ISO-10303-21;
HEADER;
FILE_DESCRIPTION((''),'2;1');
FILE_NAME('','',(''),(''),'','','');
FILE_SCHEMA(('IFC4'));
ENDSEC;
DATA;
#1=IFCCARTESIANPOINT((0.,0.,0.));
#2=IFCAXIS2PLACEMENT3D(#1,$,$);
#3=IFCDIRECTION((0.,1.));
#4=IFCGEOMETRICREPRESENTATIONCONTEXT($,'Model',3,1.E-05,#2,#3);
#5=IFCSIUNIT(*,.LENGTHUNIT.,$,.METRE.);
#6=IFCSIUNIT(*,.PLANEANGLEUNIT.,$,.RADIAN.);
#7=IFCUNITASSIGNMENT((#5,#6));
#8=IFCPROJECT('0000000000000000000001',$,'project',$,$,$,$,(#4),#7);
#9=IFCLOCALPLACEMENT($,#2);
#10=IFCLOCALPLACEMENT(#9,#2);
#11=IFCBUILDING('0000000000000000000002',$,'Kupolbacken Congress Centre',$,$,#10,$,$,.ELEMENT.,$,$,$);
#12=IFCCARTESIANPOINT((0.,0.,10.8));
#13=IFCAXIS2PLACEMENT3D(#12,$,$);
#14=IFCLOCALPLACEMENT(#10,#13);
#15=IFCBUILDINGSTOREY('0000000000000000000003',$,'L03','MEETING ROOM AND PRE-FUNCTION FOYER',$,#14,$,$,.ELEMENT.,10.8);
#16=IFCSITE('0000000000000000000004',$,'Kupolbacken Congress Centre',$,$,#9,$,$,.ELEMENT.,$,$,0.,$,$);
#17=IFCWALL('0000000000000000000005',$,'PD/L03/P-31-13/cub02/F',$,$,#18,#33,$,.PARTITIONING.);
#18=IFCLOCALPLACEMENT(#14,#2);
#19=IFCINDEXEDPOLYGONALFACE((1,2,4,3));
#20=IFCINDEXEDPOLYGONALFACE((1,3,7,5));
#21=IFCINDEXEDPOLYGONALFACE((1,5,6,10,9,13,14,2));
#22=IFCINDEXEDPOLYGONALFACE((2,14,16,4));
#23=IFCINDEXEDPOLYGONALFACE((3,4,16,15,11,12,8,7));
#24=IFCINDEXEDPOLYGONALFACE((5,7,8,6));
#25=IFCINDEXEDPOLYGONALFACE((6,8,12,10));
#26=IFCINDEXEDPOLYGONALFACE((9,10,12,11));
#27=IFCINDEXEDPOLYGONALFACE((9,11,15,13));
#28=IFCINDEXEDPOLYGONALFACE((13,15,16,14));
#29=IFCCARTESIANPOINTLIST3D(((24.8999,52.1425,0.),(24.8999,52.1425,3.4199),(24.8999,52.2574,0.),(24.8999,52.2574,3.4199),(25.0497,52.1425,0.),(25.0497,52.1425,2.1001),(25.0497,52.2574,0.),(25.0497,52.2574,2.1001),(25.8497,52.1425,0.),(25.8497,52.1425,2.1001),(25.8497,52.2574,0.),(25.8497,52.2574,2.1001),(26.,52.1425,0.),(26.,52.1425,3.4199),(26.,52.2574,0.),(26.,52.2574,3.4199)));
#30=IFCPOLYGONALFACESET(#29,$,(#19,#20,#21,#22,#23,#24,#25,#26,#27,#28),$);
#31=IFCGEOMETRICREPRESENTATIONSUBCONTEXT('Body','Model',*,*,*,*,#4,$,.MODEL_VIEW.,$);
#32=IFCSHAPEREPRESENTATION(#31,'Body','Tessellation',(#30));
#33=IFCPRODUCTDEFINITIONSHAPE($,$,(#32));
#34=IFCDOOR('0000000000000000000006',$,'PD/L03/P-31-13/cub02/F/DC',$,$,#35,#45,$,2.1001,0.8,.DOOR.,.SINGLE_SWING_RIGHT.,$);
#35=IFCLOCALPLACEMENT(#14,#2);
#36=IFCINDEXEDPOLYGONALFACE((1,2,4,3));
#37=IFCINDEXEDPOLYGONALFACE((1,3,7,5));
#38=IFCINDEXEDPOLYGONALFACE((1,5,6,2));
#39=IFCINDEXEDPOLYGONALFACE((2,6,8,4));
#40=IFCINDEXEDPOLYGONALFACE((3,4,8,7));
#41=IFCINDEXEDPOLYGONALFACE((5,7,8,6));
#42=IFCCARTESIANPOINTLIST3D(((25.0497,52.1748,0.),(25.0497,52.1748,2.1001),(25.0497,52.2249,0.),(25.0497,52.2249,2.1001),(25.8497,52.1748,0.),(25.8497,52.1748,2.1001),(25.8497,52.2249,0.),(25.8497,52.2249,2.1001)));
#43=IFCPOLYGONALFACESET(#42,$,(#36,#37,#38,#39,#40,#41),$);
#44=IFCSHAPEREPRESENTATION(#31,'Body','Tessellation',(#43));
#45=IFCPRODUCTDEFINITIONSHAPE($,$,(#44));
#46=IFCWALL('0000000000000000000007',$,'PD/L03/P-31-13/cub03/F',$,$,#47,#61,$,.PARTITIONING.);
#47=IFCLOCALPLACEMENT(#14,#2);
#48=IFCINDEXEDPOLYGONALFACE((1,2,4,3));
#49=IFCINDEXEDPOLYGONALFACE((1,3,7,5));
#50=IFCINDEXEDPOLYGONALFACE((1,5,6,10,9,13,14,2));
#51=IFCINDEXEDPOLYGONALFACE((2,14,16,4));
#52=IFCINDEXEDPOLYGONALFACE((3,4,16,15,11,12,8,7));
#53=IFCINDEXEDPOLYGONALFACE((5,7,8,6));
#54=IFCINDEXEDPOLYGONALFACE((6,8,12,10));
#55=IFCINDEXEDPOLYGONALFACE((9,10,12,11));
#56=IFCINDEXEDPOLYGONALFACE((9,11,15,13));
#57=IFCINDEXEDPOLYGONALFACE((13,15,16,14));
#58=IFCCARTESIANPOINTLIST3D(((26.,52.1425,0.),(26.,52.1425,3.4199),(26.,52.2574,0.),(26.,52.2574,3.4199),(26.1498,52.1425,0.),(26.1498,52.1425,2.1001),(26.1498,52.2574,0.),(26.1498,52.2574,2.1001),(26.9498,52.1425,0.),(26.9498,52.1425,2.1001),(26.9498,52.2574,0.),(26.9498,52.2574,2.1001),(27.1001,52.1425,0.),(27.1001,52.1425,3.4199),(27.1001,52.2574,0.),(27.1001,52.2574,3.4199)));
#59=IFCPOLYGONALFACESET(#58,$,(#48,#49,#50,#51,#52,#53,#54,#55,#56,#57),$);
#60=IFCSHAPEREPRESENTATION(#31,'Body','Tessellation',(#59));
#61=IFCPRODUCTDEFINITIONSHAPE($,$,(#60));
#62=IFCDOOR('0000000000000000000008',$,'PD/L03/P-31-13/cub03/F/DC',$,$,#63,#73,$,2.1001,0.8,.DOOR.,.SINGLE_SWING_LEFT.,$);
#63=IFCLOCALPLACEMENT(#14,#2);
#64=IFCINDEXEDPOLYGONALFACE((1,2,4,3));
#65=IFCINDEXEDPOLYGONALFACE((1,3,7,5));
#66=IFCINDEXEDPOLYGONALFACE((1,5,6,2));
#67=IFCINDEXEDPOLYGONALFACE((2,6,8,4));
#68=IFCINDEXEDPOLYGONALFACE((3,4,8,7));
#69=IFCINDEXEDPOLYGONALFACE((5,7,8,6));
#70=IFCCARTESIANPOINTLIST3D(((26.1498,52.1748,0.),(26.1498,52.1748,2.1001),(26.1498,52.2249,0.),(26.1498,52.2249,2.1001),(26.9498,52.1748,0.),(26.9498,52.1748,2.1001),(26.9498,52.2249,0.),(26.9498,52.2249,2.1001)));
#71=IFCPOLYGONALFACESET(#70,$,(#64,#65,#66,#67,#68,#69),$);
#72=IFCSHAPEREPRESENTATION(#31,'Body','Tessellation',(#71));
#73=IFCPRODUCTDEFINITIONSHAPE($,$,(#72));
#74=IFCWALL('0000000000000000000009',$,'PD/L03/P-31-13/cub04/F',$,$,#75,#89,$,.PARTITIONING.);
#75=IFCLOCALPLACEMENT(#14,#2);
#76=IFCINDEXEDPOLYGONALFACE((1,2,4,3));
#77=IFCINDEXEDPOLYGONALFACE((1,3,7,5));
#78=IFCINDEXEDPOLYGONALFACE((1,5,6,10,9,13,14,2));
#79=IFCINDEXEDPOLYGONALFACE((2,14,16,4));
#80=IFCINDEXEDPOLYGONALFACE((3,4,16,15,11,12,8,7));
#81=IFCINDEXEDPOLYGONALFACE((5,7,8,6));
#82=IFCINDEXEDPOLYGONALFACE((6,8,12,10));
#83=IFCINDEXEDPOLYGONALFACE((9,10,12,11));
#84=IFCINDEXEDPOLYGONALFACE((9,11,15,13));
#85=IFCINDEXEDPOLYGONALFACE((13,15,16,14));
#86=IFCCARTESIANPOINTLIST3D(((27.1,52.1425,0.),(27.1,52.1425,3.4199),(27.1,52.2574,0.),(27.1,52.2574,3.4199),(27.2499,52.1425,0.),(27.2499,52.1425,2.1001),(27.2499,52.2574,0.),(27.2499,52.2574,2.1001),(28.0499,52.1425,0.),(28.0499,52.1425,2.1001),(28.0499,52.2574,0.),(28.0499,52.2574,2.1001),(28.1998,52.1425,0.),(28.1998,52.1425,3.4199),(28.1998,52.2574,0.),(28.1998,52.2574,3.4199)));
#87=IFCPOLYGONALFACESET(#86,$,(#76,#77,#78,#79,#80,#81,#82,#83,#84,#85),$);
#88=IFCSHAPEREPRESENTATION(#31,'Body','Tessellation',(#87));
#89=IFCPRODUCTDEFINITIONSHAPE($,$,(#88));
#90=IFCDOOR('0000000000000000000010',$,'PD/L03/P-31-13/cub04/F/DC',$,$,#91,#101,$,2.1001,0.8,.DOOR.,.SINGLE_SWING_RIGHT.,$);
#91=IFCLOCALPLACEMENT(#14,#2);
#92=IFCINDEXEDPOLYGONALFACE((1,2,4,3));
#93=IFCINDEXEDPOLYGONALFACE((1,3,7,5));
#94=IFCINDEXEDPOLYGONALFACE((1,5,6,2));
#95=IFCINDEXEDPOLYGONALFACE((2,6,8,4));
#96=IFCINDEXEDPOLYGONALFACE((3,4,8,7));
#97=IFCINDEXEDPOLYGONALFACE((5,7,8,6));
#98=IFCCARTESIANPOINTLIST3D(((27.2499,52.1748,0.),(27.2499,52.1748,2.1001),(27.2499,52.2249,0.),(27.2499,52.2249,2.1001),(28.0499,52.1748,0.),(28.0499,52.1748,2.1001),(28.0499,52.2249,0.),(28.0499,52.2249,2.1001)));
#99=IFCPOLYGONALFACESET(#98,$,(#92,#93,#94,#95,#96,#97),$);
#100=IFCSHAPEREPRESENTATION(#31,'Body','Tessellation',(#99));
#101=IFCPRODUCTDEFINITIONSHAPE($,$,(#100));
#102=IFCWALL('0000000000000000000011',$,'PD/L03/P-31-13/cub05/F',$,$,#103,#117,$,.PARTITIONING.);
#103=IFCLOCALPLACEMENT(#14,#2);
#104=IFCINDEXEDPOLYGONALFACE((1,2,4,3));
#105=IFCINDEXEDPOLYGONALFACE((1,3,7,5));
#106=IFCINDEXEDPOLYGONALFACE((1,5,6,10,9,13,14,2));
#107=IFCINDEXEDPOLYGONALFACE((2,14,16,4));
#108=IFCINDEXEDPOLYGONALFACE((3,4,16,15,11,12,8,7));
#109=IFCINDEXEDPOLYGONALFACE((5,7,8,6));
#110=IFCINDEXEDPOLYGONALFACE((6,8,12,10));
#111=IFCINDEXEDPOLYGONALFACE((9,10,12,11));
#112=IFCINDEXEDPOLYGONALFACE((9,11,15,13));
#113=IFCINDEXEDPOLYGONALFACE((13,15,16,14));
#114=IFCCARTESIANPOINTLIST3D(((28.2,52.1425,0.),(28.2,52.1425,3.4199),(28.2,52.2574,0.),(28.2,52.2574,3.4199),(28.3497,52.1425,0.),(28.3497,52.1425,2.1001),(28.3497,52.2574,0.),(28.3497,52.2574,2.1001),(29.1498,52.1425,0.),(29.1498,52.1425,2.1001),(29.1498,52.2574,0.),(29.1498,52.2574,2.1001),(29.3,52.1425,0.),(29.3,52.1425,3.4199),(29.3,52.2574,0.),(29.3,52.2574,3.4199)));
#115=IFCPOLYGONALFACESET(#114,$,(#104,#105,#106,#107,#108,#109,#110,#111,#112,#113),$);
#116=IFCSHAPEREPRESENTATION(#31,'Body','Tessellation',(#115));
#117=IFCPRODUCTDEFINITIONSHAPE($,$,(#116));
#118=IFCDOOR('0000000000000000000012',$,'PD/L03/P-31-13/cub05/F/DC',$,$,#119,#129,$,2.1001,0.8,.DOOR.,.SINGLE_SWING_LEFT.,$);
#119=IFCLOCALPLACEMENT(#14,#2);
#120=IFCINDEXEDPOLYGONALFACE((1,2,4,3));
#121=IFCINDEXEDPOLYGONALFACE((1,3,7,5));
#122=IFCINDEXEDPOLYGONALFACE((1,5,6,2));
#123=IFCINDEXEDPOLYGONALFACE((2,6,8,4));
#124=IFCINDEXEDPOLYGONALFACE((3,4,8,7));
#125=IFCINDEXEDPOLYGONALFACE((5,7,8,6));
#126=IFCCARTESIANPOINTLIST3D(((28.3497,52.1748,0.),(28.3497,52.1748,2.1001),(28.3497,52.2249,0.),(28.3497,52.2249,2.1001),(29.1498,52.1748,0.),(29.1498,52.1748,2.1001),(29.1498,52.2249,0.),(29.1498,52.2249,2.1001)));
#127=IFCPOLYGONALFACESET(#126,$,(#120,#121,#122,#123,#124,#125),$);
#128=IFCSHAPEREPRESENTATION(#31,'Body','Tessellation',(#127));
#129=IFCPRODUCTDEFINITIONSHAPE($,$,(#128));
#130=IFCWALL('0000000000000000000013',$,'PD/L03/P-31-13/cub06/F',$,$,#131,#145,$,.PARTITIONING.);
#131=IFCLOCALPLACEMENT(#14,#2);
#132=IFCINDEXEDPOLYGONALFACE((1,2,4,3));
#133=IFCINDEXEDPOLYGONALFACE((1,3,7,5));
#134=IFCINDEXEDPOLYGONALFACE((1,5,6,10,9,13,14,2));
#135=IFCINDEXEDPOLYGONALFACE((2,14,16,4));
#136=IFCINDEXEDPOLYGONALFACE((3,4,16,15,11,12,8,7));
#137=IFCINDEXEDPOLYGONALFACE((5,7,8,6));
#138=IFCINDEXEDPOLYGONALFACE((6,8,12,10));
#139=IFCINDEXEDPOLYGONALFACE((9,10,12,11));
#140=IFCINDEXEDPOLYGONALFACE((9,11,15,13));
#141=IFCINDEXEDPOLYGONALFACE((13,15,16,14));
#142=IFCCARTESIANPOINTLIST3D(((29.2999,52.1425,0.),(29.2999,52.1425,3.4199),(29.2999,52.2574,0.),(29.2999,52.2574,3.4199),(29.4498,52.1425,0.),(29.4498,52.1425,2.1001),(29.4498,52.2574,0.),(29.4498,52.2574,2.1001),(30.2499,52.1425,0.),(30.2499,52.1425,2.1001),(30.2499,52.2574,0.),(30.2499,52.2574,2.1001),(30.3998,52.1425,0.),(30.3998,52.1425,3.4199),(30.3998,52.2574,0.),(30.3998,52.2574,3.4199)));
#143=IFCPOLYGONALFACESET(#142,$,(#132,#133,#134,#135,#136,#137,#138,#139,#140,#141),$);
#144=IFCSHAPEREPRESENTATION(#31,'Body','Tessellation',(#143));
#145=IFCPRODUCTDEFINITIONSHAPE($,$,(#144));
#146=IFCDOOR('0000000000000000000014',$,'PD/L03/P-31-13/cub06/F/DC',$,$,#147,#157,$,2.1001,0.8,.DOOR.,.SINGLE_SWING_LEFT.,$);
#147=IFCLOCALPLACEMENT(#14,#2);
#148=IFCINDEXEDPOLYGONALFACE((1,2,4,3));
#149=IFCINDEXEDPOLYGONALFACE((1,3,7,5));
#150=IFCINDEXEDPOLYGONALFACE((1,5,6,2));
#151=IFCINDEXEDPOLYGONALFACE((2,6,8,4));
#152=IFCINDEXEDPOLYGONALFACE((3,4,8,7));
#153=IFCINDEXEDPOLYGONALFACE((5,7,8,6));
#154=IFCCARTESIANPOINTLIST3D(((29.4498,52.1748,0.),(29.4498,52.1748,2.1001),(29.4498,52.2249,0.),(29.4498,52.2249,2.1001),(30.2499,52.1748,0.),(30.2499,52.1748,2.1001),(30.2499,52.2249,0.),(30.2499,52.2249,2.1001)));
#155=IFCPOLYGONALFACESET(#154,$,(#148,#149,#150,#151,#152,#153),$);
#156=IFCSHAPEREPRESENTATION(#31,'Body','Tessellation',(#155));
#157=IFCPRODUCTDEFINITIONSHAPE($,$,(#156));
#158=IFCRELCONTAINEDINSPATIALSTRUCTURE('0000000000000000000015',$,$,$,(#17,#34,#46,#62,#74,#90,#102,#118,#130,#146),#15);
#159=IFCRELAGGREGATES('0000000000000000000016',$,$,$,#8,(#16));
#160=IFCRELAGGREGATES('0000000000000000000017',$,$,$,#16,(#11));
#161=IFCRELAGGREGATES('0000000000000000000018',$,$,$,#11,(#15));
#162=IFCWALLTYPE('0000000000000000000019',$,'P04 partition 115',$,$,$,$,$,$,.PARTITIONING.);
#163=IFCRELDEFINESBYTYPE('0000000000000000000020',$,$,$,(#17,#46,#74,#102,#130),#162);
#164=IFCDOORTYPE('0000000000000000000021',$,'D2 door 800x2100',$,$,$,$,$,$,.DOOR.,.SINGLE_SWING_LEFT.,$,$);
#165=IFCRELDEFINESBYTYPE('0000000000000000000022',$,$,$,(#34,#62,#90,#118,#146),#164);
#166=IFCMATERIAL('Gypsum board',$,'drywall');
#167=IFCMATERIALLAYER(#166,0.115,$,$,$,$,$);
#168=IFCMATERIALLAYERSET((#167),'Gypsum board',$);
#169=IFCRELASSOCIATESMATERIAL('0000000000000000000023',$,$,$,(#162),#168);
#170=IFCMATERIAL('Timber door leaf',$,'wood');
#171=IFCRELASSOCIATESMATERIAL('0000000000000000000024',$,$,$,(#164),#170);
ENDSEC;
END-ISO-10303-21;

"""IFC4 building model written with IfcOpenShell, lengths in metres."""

from ifc_helpers import new_model, si_unit, direction, frame, frame_2d, origin, place, context, subcontext, project, spatial, rectangle, extrude, material, layer, layer_set, type_object, element, fill, save


model = new_model("IFC4")

# Units and contexts
model_context = context("Model", 3, precision=1e-05, world=origin(), true_north=direction((0.0, 1.0)))
body_context = subcontext(model_context, "Body", "Model", "MODEL_VIEW")
ifc_project = project(units=[si_unit("LENGTHUNIT", "METRE"), si_unit("PLANEANGLEUNIT", "RADIAN")], contexts=[model_context])

# Site, building, storey
site_placement = place(None, origin())
site = spatial("IfcSite", under=ifc_project, at=site_placement, Name="Kupolbacken Congress Centre", CompositionType="ELEMENT", RefElevation=0.0)
building_placement = place(site_placement, origin())
building = spatial("IfcBuilding", under=site, at=building_placement, Name="Kupolbacken Congress Centre", CompositionType="ELEMENT")
storey_placement = place(building_placement, frame((0.0, 0.0, 10.8)))
storey = spatial("IfcBuildingStorey", under=building, at=storey_placement, Name="L03", Description="MEETING ROOM AND PRE-FUNCTION FOYER", CompositionType="ELEMENT", Elevation=10.8)

# Walls, openings, doors
ifc_material_1 = material(Name="Gypsum board", Category="drywall")
ifc_layer = layer(ifc_material_1, 0.115)
ifc_layer_set = layer_set([ifc_layer], Name="Gypsum board")
wall_type = type_object("IfcWallType", Name="P04 partition 115", PredefinedType="PARTITIONING", material=ifc_layer_set)
ifc_material_2 = material(Name="Timber door leaf", Category="wood")
door_type = type_object("IfcDoorType", Name="D2 door 800x2100", OperationType="SINGLE_SWING_LEFT", PredefinedType="DOOR", material=ifc_material_2)
wall_1_placement = place(storey_placement, frame((24.8999, 52.2, 0.0), z_axis=(0.0, 0.0, 1.0), x_axis=(1.0, 0.0, 0.0)))
wall_1 = element("IfcWall", 1, at=wall_1_placement, inside=storey, type_object=wall_type, Name="PD/L03/P-31-13/cub02/F", PredefinedType="PARTITIONING", context=body_context, shape_type="SweptSolid", body=[
    extrude(rectangle(XDim=1.1001, YDim=0.115, at=frame_2d((0.55, 0.0))), origin(), (0.0, 0.0, 1.0), 3.4199),
])
opening_1_placement = place(wall_1_placement, frame((0.1499, 0.0, 0.0)))
opening_1 = element("IfcOpeningElement", 2, at=opening_1_placement, cuts=wall_1, PredefinedType="OPENING", context=body_context, shape_type="SweptSolid", body=[
    extrude(rectangle(XDim=0.8, YDim=2.1001, at=frame_2d((0.3999, 1.05))), frame((0.0, 0.0674, 0.0), z_axis=(0.0, -1.0, 0.0), x_axis=(1.0, 0.0, 0.0)), (0.0, 0.0, 1.0), 0.135),
])
door_1_placement = place(opening_1_placement, origin())
door_1 = element("IfcDoor", 3, at=door_1_placement, inside=storey, type_object=door_type, Name="PD/L03/P-31-13/cub02/F/DC", OperationType="SINGLE_SWING_RIGHT", OverallHeight=2.1001, OverallWidth=0.8, PredefinedType="DOOR", context=body_context, shape_type="SweptSolid", body=[
    extrude(rectangle(XDim=0.8, YDim=2.1001, at=frame_2d((0.3999, 1.05))), frame((0.0, 0.0249, 0.0), z_axis=(0.0, -1.0, 0.0), x_axis=(1.0, 0.0, 0.0)), (0.0, 0.0, 1.0), 0.05),
])
fill(opening_1, door_1)
wall_2_placement = place(storey_placement, frame((26.0, 52.2, 0.0), z_axis=(0.0, 0.0, 1.0), x_axis=(1.0, 0.0, 0.0)))
wall_2 = element("IfcWall", 4, at=wall_2_placement, inside=storey, type_object=wall_type, Name="PD/L03/P-31-13/cub03/F", PredefinedType="PARTITIONING", context=body_context, shape_type="SweptSolid", body=[
    extrude(rectangle(XDim=1.1001, YDim=0.115, at=frame_2d((0.55, 0.0))), origin(), (0.0, 0.0, 1.0), 3.4199),
])
opening_2_placement = place(wall_2_placement, frame((0.1499, 0.0, 0.0)))
opening_2 = element("IfcOpeningElement", 5, at=opening_2_placement, cuts=wall_2, PredefinedType="OPENING", context=body_context, shape_type="SweptSolid", body=[
    extrude(rectangle(XDim=0.8, YDim=2.1001, at=frame_2d((0.3999, 1.05))), frame((0.0, 0.0674, 0.0), z_axis=(0.0, -1.0, 0.0), x_axis=(1.0, 0.0, 0.0)), (0.0, 0.0, 1.0), 0.135),
])
door_2_placement = place(opening_2_placement, origin())
door_2 = element("IfcDoor", 6, at=door_2_placement, inside=storey, type_object=door_type, Name="PD/L03/P-31-13/cub03/F/DC", OperationType="SINGLE_SWING_LEFT", OverallHeight=2.1001, OverallWidth=0.8, PredefinedType="DOOR", context=body_context, shape_type="SweptSolid", body=[
    extrude(rectangle(XDim=0.8, YDim=2.1001, at=frame_2d((0.3999, 1.05))), frame((0.0, 0.0249, 0.0), z_axis=(0.0, -1.0, 0.0), x_axis=(1.0, 0.0, 0.0)), (0.0, 0.0, 1.0), 0.05),
])
fill(opening_2, door_2)
wall_3_placement = place(storey_placement, frame((27.1001, 52.2, 0.0), z_axis=(0.0, 0.0, 1.0), x_axis=(1.0, 0.0, 0.0)))
wall_3 = element("IfcWall", 7, at=wall_3_placement, inside=storey, type_object=wall_type, Name="PD/L03/P-31-13/cub04/F", PredefinedType="PARTITIONING", context=body_context, shape_type="SweptSolid", body=[
    extrude(rectangle(XDim=1.0999, YDim=0.115, at=frame_2d((0.5498, 0.0))), origin(), (0.0, 0.0, 1.0), 3.4199),
])
opening_3_placement = place(wall_3_placement, frame((0.1499, 0.0, 0.0)))
opening_3 = element("IfcOpeningElement", 8, at=opening_3_placement, cuts=wall_3, PredefinedType="OPENING", context=body_context, shape_type="SweptSolid", body=[
    extrude(rectangle(XDim=0.8, YDim=2.1001, at=frame_2d((0.3999, 1.05))), frame((0.0, 0.0674, 0.0), z_axis=(0.0, -1.0, 0.0), x_axis=(1.0, 0.0, 0.0)), (0.0, 0.0, 1.0), 0.135),
])
door_3_placement = place(opening_3_placement, origin())
door_3 = element("IfcDoor", 9, at=door_3_placement, inside=storey, type_object=door_type, Name="PD/L03/P-31-13/cub04/F/DC", OperationType="SINGLE_SWING_RIGHT", OverallHeight=2.1001, OverallWidth=0.8, PredefinedType="DOOR", context=body_context, shape_type="SweptSolid", body=[
    extrude(rectangle(XDim=0.8, YDim=2.1001, at=frame_2d((0.3999, 1.05))), frame((0.0, 0.0249, 0.0), z_axis=(0.0, -1.0, 0.0), x_axis=(1.0, 0.0, 0.0)), (0.0, 0.0, 1.0), 0.05),
])
fill(opening_3, door_3)
wall_4_placement = place(storey_placement, frame((28.2, 52.2, 0.0), z_axis=(0.0, 0.0, 1.0), x_axis=(1.0, 0.0, 0.0)))
wall_4 = element("IfcWall", 10, at=wall_4_placement, inside=storey, type_object=wall_type, Name="PD/L03/P-31-13/cub05/F", PredefinedType="PARTITIONING", context=body_context, shape_type="SweptSolid", body=[
    extrude(rectangle(XDim=1.1001, YDim=0.115, at=frame_2d((0.55, 0.0))), origin(), (0.0, 0.0, 1.0), 3.4199),
])
opening_4_placement = place(wall_4_placement, frame((0.1499, 0.0, 0.0)))
opening_4 = element("IfcOpeningElement", 11, at=opening_4_placement, cuts=wall_4, PredefinedType="OPENING", context=body_context, shape_type="SweptSolid", body=[
    extrude(rectangle(XDim=0.8, YDim=2.1001, at=frame_2d((0.3999, 1.05))), frame((0.0, 0.0674, 0.0), z_axis=(0.0, -1.0, 0.0), x_axis=(1.0, 0.0, 0.0)), (0.0, 0.0, 1.0), 0.135),
])
door_4_placement = place(opening_4_placement, origin())
door_4 = element("IfcDoor", 12, at=door_4_placement, inside=storey, type_object=door_type, Name="PD/L03/P-31-13/cub05/F/DC", OperationType="SINGLE_SWING_LEFT", OverallHeight=2.1001, OverallWidth=0.8, PredefinedType="DOOR", context=body_context, shape_type="SweptSolid", body=[
    extrude(rectangle(XDim=0.8, YDim=2.1001, at=frame_2d((0.3999, 1.05))), frame((0.0, 0.0249, 0.0), z_axis=(0.0, -1.0, 0.0), x_axis=(1.0, 0.0, 0.0)), (0.0, 0.0, 1.0), 0.05),
])
fill(opening_4, door_4)
wall_5_placement = place(storey_placement, frame((29.3, 52.2, 0.0), z_axis=(0.0, 0.0, 1.0), x_axis=(1.0, 0.0, 0.0)))
wall_5 = element("IfcWall", 13, at=wall_5_placement, inside=storey, type_object=wall_type, Name="PD/L03/P-31-13/cub06/F", PredefinedType="PARTITIONING", context=body_context, shape_type="SweptSolid", body=[
    extrude(rectangle(XDim=1.0999, YDim=0.115, at=frame_2d((0.5498, 0.0))), origin(), (0.0, 0.0, 1.0), 3.4199),
])
opening_5_placement = place(wall_5_placement, frame((0.1499, 0.0, 0.0)))
opening_5 = element("IfcOpeningElement", 14, at=opening_5_placement, cuts=wall_5, PredefinedType="OPENING", context=body_context, shape_type="SweptSolid", body=[
    extrude(rectangle(XDim=0.8, YDim=2.1001, at=frame_2d((0.3999, 1.05))), frame((0.0, 0.0674, 0.0), z_axis=(0.0, -1.0, 0.0), x_axis=(1.0, 0.0, 0.0)), (0.0, 0.0, 1.0), 0.135),
])
door_5_placement = place(opening_5_placement, origin())
door_5 = element("IfcDoor", 15, at=door_5_placement, inside=storey, type_object=door_type, Name="PD/L03/P-31-13/cub06/F/DC", OperationType="SINGLE_SWING_LEFT", OverallHeight=2.1001, OverallWidth=0.8, PredefinedType="DOOR", context=body_context, shape_type="SweptSolid", body=[
    extrude(rectangle(XDim=0.8, YDim=2.1001, at=frame_2d((0.3999, 1.05))), frame((0.0, 0.0249, 0.0), z_axis=(0.0, -1.0, 0.0), x_axis=(1.0, 0.0, 0.0)), (0.0, 0.0, 1.0), 0.05),
])
fill(opening_5, door_5)

save(model, "model.ifc")
